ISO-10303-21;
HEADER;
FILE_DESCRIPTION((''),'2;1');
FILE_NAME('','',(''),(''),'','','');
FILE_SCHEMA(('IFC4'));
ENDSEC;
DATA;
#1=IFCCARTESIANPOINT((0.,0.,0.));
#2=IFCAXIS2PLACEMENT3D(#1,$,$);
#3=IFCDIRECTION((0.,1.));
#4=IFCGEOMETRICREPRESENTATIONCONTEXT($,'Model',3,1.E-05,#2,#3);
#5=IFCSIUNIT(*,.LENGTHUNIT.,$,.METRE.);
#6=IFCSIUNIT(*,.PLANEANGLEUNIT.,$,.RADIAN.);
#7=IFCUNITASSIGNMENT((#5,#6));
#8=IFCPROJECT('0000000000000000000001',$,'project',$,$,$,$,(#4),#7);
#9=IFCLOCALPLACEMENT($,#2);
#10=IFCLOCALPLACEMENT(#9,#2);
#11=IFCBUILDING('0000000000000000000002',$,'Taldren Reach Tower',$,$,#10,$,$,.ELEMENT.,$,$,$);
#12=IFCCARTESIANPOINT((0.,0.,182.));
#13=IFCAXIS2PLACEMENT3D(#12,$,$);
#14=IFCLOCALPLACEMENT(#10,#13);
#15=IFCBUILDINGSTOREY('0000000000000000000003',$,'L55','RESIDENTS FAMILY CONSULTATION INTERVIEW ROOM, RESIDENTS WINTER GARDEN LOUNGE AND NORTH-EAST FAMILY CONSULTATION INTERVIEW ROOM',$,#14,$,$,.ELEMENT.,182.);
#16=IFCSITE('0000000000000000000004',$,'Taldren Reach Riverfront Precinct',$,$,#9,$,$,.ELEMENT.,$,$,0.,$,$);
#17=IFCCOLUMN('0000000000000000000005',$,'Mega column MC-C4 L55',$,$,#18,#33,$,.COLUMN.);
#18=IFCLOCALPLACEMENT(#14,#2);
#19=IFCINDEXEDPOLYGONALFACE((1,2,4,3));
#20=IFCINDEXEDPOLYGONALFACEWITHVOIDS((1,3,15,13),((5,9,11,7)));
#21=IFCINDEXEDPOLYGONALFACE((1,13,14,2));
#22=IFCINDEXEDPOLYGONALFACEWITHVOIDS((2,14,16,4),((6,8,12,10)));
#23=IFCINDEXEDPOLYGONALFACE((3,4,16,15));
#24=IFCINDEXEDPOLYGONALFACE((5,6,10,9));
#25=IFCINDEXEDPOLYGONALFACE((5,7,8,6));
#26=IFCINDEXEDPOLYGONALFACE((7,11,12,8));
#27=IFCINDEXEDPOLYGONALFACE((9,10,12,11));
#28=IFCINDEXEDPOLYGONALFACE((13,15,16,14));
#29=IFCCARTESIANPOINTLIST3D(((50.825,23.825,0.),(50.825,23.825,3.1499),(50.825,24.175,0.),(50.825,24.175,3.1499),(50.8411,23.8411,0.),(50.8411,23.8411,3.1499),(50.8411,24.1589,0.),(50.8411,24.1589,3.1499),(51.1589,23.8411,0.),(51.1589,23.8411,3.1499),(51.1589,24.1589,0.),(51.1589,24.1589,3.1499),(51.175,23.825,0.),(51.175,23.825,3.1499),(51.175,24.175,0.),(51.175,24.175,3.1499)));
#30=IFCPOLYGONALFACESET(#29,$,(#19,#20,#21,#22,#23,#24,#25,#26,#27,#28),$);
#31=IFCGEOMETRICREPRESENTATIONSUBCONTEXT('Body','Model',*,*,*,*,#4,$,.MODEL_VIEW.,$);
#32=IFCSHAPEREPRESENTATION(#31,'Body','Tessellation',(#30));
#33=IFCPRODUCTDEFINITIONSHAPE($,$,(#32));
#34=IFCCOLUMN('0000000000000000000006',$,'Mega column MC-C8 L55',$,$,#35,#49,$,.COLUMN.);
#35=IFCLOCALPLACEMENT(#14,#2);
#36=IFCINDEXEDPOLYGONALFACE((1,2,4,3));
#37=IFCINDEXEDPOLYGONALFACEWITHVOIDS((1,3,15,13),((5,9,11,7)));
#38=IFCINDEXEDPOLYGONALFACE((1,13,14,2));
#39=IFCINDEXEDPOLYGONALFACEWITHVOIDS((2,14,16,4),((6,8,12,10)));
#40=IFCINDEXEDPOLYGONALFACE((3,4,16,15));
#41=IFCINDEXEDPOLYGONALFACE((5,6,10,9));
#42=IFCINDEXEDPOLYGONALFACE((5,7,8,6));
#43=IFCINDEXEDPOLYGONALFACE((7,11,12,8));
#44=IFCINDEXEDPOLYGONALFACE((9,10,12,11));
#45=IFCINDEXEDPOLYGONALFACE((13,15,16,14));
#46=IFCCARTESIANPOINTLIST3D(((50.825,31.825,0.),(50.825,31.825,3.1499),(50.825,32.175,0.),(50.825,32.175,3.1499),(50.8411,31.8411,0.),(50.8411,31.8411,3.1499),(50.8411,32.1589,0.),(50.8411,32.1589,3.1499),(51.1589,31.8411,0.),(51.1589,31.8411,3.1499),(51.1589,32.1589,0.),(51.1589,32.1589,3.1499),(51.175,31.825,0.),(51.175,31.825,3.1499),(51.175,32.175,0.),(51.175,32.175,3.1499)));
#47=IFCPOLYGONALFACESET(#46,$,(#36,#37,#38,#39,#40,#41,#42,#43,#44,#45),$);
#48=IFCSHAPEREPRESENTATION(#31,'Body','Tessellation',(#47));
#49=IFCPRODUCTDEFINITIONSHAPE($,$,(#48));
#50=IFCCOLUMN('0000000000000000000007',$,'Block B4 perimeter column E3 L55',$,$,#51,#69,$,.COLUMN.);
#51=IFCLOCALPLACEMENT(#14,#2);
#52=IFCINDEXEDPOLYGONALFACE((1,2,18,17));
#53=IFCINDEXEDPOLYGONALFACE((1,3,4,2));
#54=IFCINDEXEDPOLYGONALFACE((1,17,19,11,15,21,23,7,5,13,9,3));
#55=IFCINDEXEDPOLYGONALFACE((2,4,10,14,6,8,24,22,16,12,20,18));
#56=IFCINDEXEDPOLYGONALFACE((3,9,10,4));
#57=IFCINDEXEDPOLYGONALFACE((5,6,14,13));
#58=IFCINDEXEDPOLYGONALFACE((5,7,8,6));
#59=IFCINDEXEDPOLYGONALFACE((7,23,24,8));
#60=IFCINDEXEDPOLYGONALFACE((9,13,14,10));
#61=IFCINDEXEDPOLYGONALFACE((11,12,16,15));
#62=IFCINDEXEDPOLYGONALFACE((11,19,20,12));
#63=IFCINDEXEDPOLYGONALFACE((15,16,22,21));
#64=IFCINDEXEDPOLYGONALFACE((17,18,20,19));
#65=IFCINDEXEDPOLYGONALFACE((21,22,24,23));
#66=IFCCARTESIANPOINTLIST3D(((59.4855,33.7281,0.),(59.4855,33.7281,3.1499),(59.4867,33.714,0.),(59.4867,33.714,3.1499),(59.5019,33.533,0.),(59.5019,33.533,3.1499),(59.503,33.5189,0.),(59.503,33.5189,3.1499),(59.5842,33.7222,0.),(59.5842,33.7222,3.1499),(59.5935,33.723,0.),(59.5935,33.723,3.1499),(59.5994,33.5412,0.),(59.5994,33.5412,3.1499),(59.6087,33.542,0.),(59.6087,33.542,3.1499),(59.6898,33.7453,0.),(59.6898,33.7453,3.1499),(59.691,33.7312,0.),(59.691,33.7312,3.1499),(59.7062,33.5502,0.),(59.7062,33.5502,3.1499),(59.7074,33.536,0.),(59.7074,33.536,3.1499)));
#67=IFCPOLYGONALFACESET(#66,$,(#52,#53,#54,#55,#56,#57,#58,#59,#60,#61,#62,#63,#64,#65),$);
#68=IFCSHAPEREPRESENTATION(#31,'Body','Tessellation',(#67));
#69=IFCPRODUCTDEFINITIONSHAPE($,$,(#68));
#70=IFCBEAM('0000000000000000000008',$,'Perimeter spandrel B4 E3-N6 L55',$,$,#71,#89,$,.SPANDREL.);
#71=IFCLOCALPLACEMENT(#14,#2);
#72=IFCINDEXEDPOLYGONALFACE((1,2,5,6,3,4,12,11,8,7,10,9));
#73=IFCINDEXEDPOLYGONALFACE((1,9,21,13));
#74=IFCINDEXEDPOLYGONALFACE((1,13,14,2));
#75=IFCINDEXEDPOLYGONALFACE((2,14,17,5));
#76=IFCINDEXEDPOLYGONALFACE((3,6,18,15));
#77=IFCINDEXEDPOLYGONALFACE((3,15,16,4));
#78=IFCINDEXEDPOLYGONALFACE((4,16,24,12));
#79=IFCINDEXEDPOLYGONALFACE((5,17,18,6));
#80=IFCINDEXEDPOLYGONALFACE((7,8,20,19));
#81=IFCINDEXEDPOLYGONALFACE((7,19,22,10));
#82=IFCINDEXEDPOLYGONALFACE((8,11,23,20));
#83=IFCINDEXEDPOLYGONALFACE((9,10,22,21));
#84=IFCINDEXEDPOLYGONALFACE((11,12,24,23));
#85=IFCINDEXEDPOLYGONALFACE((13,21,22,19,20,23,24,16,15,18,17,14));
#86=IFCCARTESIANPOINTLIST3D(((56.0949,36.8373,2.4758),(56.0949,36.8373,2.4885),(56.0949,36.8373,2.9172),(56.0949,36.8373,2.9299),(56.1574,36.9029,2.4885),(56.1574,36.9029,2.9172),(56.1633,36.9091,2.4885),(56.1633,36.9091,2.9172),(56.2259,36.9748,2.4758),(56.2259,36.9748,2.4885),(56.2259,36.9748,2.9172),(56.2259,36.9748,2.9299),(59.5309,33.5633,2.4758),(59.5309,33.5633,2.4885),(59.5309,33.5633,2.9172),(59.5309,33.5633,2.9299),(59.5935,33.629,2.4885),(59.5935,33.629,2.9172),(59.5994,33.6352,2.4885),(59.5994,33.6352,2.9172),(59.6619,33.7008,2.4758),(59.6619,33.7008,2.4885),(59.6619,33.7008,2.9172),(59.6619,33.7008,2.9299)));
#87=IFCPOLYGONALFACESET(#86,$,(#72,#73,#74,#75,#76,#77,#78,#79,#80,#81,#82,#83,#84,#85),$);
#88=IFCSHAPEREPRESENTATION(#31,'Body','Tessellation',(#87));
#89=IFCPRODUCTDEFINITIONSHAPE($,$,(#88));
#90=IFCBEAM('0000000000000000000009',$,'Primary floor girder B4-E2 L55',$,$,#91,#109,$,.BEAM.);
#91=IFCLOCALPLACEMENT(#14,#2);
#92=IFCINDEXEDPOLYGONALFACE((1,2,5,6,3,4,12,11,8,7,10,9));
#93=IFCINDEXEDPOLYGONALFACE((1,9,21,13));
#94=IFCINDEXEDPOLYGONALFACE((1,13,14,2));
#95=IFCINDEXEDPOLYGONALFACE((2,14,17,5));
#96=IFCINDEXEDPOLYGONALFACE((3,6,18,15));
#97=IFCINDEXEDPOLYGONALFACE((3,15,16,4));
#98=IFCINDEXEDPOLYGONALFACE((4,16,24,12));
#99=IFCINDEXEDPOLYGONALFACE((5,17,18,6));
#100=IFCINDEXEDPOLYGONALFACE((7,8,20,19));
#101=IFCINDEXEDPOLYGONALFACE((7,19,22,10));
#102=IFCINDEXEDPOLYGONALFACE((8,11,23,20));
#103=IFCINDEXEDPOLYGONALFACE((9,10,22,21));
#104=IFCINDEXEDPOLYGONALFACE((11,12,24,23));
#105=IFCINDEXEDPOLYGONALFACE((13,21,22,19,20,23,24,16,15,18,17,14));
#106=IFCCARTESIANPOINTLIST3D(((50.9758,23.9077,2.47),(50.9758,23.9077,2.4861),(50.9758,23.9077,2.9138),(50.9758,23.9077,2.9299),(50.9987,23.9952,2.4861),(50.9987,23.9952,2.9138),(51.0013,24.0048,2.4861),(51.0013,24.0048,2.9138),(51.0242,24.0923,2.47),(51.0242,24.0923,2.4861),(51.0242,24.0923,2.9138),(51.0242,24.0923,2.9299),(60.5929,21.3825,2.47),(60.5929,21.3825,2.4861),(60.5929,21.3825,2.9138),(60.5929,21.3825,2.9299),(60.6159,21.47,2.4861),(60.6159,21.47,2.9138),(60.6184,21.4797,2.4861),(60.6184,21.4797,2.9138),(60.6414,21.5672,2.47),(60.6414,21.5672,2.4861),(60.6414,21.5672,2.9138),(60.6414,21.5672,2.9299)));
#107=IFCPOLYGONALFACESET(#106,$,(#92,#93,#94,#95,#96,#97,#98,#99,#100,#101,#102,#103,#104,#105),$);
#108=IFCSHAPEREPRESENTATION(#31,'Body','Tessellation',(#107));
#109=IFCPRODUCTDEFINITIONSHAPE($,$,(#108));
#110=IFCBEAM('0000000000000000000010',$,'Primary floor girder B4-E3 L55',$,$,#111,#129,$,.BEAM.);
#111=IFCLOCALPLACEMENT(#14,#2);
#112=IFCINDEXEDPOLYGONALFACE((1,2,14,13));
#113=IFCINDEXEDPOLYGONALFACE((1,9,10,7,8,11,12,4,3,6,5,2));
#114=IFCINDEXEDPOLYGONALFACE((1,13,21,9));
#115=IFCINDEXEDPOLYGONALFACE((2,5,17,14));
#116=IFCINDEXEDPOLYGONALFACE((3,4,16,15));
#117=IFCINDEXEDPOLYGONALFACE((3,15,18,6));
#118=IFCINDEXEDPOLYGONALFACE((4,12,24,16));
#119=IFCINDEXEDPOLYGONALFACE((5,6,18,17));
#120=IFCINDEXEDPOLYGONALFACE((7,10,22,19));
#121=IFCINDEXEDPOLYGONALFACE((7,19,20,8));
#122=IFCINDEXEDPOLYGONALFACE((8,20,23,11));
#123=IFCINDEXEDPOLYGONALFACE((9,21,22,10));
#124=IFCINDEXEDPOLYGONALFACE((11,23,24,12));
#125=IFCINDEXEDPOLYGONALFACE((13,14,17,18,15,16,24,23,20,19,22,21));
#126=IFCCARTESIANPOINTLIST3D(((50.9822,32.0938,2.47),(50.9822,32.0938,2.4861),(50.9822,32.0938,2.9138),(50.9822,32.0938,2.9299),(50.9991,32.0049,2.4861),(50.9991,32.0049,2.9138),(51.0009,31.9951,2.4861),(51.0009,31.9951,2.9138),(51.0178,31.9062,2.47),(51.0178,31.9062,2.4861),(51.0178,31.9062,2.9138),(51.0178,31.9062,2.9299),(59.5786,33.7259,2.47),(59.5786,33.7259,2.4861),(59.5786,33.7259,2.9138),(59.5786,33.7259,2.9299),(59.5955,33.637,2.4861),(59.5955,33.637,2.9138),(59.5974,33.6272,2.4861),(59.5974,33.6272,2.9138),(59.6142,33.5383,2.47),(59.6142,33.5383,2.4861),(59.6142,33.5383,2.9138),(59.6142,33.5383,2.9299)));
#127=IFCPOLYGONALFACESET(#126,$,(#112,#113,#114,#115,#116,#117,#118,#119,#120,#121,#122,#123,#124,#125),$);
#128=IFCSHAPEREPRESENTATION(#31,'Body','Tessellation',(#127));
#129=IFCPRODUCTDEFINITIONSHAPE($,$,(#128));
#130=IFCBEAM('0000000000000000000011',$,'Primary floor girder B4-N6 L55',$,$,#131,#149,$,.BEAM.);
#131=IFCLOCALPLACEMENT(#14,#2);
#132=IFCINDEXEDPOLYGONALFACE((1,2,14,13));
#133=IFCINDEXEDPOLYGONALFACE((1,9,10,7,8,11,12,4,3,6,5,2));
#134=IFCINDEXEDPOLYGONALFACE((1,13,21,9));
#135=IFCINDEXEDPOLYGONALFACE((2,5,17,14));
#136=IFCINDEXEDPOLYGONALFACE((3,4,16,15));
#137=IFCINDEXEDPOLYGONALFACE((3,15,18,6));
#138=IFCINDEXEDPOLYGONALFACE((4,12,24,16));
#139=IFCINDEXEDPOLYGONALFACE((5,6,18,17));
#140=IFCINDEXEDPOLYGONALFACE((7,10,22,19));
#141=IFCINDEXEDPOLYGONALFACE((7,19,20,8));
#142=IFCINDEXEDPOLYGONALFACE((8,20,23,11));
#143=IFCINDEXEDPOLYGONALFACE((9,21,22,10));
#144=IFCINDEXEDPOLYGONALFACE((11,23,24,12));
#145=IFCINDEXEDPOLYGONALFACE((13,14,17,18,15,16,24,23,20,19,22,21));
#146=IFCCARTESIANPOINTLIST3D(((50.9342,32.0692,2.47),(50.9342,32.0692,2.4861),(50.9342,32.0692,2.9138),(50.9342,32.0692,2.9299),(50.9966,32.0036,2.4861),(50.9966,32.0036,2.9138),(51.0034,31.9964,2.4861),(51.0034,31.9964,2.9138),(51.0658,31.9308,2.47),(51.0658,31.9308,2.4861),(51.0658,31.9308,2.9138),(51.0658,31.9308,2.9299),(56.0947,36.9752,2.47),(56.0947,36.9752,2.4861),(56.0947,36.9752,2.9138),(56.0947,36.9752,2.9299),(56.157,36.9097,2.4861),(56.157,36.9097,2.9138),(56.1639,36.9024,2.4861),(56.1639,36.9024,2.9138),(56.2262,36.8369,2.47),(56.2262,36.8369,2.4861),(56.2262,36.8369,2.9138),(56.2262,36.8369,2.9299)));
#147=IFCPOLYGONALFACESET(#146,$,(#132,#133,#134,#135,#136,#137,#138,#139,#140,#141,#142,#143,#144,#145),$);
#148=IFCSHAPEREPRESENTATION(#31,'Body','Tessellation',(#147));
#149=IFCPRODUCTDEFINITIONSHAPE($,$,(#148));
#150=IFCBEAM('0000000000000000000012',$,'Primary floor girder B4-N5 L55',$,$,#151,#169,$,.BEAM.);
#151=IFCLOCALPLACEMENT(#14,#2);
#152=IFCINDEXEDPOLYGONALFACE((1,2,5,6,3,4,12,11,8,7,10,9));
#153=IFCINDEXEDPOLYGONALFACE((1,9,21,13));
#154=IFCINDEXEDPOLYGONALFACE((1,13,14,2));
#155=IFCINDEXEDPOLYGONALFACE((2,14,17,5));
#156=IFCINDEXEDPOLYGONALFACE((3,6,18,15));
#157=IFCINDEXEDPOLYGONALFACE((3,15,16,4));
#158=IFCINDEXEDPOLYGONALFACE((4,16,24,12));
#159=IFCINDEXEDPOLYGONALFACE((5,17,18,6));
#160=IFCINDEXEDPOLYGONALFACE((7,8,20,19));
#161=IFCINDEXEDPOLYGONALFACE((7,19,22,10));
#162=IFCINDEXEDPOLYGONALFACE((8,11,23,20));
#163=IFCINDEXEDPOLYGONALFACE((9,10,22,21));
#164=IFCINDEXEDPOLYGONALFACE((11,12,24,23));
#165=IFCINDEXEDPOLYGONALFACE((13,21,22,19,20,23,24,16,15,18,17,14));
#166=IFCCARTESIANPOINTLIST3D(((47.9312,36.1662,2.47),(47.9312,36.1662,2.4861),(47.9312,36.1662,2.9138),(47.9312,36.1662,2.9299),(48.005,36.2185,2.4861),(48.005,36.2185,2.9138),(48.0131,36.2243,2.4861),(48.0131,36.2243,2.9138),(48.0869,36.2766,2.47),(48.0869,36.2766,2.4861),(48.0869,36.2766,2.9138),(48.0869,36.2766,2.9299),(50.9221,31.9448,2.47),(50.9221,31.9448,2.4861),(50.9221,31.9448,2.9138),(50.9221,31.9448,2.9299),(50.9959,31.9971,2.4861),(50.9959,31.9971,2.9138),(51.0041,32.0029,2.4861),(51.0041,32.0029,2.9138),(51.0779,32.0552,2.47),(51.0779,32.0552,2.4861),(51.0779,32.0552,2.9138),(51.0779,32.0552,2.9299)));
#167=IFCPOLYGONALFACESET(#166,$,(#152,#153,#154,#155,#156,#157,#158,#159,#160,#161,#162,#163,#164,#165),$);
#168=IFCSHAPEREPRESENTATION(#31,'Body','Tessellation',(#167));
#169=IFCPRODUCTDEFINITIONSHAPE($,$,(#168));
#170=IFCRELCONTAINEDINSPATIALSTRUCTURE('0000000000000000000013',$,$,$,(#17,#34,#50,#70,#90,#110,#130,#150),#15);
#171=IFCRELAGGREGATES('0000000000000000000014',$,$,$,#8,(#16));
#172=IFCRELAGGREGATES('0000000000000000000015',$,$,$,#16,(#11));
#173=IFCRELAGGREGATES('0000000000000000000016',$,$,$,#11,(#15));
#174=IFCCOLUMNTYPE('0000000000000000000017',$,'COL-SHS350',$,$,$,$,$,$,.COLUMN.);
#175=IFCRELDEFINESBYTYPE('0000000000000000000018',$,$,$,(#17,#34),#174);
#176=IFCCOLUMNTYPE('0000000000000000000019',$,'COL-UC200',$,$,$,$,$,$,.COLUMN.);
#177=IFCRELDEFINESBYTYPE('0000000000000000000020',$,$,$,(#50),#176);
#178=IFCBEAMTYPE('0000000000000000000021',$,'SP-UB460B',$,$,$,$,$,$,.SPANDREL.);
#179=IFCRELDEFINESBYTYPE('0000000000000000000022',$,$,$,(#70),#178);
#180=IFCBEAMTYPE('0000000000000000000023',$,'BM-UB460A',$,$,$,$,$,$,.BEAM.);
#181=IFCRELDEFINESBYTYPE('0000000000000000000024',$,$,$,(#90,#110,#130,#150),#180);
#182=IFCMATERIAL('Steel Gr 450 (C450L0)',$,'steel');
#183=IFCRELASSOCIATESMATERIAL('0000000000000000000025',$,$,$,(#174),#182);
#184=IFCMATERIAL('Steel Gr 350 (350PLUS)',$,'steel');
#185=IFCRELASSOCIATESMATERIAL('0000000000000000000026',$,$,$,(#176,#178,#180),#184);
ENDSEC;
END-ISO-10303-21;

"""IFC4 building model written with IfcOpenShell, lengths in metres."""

from ifc_helpers import new_model, si_unit, direction, frame, origin, origin_2d, place, context, subcontext, project, spatial, hollow_rectangle, i_section, extrude, source, transform, mapped, material, material_profile, profile_set, type_object, element, save


model = new_model("IFC4")

# Units and contexts
model_context = context("Model", 3, precision=1e-05, world=origin(), true_north=direction((0.0, 1.0)))
body_context = subcontext(model_context, "Body", "Model", "MODEL_VIEW")
ifc_project = project(units=[si_unit("LENGTHUNIT", "METRE"), si_unit("PLANEANGLEUNIT", "RADIAN")], contexts=[model_context])

# Site, building, storey
site_placement = place(None, origin())
site = spatial("IfcSite", under=ifc_project, at=site_placement, Name="Taldren Reach Riverfront Precinct", CompositionType="ELEMENT", RefElevation=0.0)
building_placement = place(site_placement, origin())
building = spatial("IfcBuilding", under=site, at=building_placement, Name="Taldren Reach Tower", CompositionType="ELEMENT")
storey_placement = place(building_placement, frame((0.0, 0.0, 182.0)))
storey = spatial("IfcBuildingStorey", under=building, at=storey_placement, Name="L55", Description="RESIDENTS FAMILY CONSULTATION INTERVIEW ROOM, RESIDENTS WINTER GARDEN LOUNGE AND NORTH-EAST FAMILY CONSULTATION INTERVIEW ROOM", CompositionType="ELEMENT", Elevation=182.0)

# Columns
ifc_material_1 = material(Name="Steel Gr 450 (C450L0)", Category="steel")
ifc_material_profile_1 = material_profile(ifc_material_1, hollow_rectangle(XDim=0.3501, YDim=0.3501, WallThickness=0.0161, at=origin_2d()), Name="350x350x16.0SHS")
ifc_profile_set_1 = profile_set([ifc_material_profile_1], Name="Steel Gr 450 (C450L0)")
column_type_1 = type_object("IfcColumnType", Name="COL-SHS350", PredefinedType="COLUMN", material=ifc_profile_set_1)
shared_shape_1 = source(origin(), body_context, "Body", "SweptSolid", [
    extrude(hollow_rectangle(XDim=0.3501, YDim=0.3501, WallThickness=0.0161, at=origin_2d()), origin(), (0.0, 0.0, 1.0), 3.1499),
])
for number, where, z_axis, x_axis, name in (
    (1, (51.0, 24.0, 0.0), (0.0, 0.0, 1.0), (1.0, 0.0, 0.0), "Mega column MC-C4 L55"),
    (2, (51.0, 32.0, 0.0), (0.0, 0.0, 1.0), (1.0, 0.0, 0.0), "Mega column MC-C8 L55"),
):
    element("IfcColumn", number, at=place(storey_placement, frame(where, z_axis=z_axis, x_axis=x_axis)), inside=storey, type_object=column_type_1, Name=name, PredefinedType="COLUMN", context=body_context, shape_type="MappedRepresentation", body=[
        mapped(shared_shape_1, transform((0.0, 0.0, 0.0), scale=1.0)),
    ])
ifc_material_2 = material(Name="Steel Gr 350 (350PLUS)", Category="steel")
ifc_material_profile_2 = material_profile(ifc_material_2, i_section(OverallWidth=0.2051, OverallDepth=0.21, WebThickness=0.0093, FlangeThickness=0.0142, at=origin_2d()), Name="200UC59.5")
ifc_profile_set_2 = profile_set([ifc_material_profile_2], Name="Steel Gr 350 (350PLUS)")
column_type_2 = type_object("IfcColumnType", Name="COL-UC200", PredefinedType="COLUMN", material=ifc_profile_set_2)
shared_shape_2 = source(origin(), body_context, "Body", "SweptSolid", [
    extrude(i_section(OverallWidth=0.2051, OverallDepth=0.21, WebThickness=0.0093, FlangeThickness=0.0142, at=origin_2d()), origin(), (0.0, 0.0, 1.0), 3.1499),
])
column_placement = place(storey_placement, frame((59.5964, 33.6321, 0.0), z_axis=(0.0, 0.0, 1.0), x_axis=(0.996493, 0.083678, 0.0)))
element("IfcColumn", 3, at=column_placement, inside=storey, type_object=column_type_2, Name="Block B4 perimeter column E3 L55", PredefinedType="COLUMN", context=body_context, shape_type="MappedRepresentation", body=[
    mapped(shared_shape_2, transform((0.0, 0.0, 0.0), scale=1.0)),
])

# Beams
ifc_material_profile_3 = material_profile(ifc_material_2, i_section(OverallWidth=0.1899, OverallDepth=0.4541, WebThickness=0.0085, FlangeThickness=0.0127, at=origin_2d()), Name="460UB67.1")
ifc_profile_set_3 = profile_set([ifc_material_profile_3], Name="Steel Gr 350 (350PLUS)")
beam_type_1 = type_object("IfcBeamType", Name="SP-UB460B", PredefinedType="SPANDREL", material=ifc_profile_set_3)
shared_shape_3 = source(origin(), body_context, "Body", "SweptSolid", [
    extrude(i_section(OverallWidth=0.1899, OverallDepth=0.4541, WebThickness=0.0085, FlangeThickness=0.0127, at=origin_2d()), origin(), (0.0, 0.0, 1.0), 4.7461),
])
beam_1_placement = place(storey_placement, frame((59.5964, 33.6321, 2.7029), z_axis=(-0.723979, 0.689822, 0.0), x_axis=(-0.689822, -0.723979, 0.0)))
element("IfcBeam", 4, at=beam_1_placement, inside=storey, type_object=beam_type_1, Name="Perimeter spandrel B4 E3-N6 L55", PredefinedType="SPANDREL", context=body_context, shape_type="MappedRepresentation", body=[
    mapped(shared_shape_3, transform((0.0, 0.0, 0.0), scale=1.0)),
])
ifc_material_profile_4 = material_profile(ifc_material_2, i_section(OverallWidth=0.1909, OverallDepth=0.46, WebThickness=0.01, FlangeThickness=0.0161, at=origin_2d()), Name="460UB82.1")
ifc_profile_set_4 = profile_set([ifc_material_profile_4], Name="Steel Gr 350 (350PLUS)")
beam_type_2 = type_object("IfcBeamType", Name="BM-UB460A", PredefinedType="BEAM", material=ifc_profile_set_4)
shared_shape_4 = source(origin(), body_context, "Body", "SweptSolid", [
    extrude(i_section(OverallWidth=0.1909, OverallDepth=0.46, WebThickness=0.01, FlangeThickness=0.0161, at=origin_2d()), origin(), (0.0, 0.0, 1.0), 9.9431),
])
beam_2_placement = place(storey_placement, frame((51.0, 24.0, 2.7), z_axis=(0.967215, -0.253958, 0.0), x_axis=(0.253958, 0.967215, 0.0)))
element("IfcBeam", 5, at=beam_2_placement, inside=storey, type_object=beam_type_2, Name="Primary floor girder B4-E2 L55", PredefinedType="BEAM", context=body_context, shape_type="MappedRepresentation", body=[
    mapped(shared_shape_4, transform((0.0, 0.0, 0.0), scale=1.0)),
])
shared_shape_5 = source(origin(), body_context, "Body", "SweptSolid", [
    extrude(i_section(OverallWidth=0.1909, OverallDepth=0.46, WebThickness=0.01, FlangeThickness=0.0161, at=origin_2d()), origin(), (0.0, 0.0, 1.0), 8.75),
])
beam_3_placement = place(storey_placement, frame((51.0, 32.0, 2.7), z_axis=(0.98245, 0.186524, 0.0), x_axis=(-0.186524, 0.98245, 0.0)))
element("IfcBeam", 6, at=beam_3_placement, inside=storey, type_object=beam_type_2, Name="Primary floor girder B4-E3 L55", PredefinedType="BEAM", context=body_context, shape_type="MappedRepresentation", body=[
    mapped(shared_shape_5, transform((0.0, 0.0, 0.0), scale=1.0)),
])
shared_shape_6 = source(origin(), body_context, "Body", "SweptSolid", [
    extrude(i_section(OverallWidth=0.1909, OverallDepth=0.46, WebThickness=0.01, FlangeThickness=0.0161, at=origin_2d()), origin(), (0.0, 0.0, 1.0), 7.1204),
])
beam_4_placement = place(storey_placement, frame((51.0, 32.0, 2.7), z_axis=(0.724745, 0.689017, 0.0), x_axis=(-0.689017, 0.724745, 0.0)))
element("IfcBeam", 7, at=beam_4_placement, inside=storey, type_object=beam_type_2, Name="Primary floor girder B4-N6 L55", PredefinedType="BEAM", context=body_context, shape_type="MappedRepresentation", body=[
    mapped(shared_shape_6, transform((0.0, 0.0, 0.0), scale=1.0)),
])
shared_shape_7 = source(origin(), body_context, "Body", "SweptSolid", [
    extrude(i_section(OverallWidth=0.1909, OverallDepth=0.46, WebThickness=0.01, FlangeThickness=0.0161, at=origin_2d()), origin(), (0.0, 0.0, 1.0), 5.1736),
])
beam_5_placement = place(storey_placement, frame((51.0, 32.0, 2.7), z_axis=(-0.578118, 0.815953, 0.0), x_axis=(-0.815953, -0.578118, 0.0)))
element("IfcBeam", 8, at=beam_5_placement, inside=storey, type_object=beam_type_2, Name="Primary floor girder B4-N5 L55", PredefinedType="BEAM", context=body_context, shape_type="MappedRepresentation", body=[
    mapped(shared_shape_7, transform((0.0, 0.0, 0.0), scale=1.0)),
])

save(model, "model.ifc")
